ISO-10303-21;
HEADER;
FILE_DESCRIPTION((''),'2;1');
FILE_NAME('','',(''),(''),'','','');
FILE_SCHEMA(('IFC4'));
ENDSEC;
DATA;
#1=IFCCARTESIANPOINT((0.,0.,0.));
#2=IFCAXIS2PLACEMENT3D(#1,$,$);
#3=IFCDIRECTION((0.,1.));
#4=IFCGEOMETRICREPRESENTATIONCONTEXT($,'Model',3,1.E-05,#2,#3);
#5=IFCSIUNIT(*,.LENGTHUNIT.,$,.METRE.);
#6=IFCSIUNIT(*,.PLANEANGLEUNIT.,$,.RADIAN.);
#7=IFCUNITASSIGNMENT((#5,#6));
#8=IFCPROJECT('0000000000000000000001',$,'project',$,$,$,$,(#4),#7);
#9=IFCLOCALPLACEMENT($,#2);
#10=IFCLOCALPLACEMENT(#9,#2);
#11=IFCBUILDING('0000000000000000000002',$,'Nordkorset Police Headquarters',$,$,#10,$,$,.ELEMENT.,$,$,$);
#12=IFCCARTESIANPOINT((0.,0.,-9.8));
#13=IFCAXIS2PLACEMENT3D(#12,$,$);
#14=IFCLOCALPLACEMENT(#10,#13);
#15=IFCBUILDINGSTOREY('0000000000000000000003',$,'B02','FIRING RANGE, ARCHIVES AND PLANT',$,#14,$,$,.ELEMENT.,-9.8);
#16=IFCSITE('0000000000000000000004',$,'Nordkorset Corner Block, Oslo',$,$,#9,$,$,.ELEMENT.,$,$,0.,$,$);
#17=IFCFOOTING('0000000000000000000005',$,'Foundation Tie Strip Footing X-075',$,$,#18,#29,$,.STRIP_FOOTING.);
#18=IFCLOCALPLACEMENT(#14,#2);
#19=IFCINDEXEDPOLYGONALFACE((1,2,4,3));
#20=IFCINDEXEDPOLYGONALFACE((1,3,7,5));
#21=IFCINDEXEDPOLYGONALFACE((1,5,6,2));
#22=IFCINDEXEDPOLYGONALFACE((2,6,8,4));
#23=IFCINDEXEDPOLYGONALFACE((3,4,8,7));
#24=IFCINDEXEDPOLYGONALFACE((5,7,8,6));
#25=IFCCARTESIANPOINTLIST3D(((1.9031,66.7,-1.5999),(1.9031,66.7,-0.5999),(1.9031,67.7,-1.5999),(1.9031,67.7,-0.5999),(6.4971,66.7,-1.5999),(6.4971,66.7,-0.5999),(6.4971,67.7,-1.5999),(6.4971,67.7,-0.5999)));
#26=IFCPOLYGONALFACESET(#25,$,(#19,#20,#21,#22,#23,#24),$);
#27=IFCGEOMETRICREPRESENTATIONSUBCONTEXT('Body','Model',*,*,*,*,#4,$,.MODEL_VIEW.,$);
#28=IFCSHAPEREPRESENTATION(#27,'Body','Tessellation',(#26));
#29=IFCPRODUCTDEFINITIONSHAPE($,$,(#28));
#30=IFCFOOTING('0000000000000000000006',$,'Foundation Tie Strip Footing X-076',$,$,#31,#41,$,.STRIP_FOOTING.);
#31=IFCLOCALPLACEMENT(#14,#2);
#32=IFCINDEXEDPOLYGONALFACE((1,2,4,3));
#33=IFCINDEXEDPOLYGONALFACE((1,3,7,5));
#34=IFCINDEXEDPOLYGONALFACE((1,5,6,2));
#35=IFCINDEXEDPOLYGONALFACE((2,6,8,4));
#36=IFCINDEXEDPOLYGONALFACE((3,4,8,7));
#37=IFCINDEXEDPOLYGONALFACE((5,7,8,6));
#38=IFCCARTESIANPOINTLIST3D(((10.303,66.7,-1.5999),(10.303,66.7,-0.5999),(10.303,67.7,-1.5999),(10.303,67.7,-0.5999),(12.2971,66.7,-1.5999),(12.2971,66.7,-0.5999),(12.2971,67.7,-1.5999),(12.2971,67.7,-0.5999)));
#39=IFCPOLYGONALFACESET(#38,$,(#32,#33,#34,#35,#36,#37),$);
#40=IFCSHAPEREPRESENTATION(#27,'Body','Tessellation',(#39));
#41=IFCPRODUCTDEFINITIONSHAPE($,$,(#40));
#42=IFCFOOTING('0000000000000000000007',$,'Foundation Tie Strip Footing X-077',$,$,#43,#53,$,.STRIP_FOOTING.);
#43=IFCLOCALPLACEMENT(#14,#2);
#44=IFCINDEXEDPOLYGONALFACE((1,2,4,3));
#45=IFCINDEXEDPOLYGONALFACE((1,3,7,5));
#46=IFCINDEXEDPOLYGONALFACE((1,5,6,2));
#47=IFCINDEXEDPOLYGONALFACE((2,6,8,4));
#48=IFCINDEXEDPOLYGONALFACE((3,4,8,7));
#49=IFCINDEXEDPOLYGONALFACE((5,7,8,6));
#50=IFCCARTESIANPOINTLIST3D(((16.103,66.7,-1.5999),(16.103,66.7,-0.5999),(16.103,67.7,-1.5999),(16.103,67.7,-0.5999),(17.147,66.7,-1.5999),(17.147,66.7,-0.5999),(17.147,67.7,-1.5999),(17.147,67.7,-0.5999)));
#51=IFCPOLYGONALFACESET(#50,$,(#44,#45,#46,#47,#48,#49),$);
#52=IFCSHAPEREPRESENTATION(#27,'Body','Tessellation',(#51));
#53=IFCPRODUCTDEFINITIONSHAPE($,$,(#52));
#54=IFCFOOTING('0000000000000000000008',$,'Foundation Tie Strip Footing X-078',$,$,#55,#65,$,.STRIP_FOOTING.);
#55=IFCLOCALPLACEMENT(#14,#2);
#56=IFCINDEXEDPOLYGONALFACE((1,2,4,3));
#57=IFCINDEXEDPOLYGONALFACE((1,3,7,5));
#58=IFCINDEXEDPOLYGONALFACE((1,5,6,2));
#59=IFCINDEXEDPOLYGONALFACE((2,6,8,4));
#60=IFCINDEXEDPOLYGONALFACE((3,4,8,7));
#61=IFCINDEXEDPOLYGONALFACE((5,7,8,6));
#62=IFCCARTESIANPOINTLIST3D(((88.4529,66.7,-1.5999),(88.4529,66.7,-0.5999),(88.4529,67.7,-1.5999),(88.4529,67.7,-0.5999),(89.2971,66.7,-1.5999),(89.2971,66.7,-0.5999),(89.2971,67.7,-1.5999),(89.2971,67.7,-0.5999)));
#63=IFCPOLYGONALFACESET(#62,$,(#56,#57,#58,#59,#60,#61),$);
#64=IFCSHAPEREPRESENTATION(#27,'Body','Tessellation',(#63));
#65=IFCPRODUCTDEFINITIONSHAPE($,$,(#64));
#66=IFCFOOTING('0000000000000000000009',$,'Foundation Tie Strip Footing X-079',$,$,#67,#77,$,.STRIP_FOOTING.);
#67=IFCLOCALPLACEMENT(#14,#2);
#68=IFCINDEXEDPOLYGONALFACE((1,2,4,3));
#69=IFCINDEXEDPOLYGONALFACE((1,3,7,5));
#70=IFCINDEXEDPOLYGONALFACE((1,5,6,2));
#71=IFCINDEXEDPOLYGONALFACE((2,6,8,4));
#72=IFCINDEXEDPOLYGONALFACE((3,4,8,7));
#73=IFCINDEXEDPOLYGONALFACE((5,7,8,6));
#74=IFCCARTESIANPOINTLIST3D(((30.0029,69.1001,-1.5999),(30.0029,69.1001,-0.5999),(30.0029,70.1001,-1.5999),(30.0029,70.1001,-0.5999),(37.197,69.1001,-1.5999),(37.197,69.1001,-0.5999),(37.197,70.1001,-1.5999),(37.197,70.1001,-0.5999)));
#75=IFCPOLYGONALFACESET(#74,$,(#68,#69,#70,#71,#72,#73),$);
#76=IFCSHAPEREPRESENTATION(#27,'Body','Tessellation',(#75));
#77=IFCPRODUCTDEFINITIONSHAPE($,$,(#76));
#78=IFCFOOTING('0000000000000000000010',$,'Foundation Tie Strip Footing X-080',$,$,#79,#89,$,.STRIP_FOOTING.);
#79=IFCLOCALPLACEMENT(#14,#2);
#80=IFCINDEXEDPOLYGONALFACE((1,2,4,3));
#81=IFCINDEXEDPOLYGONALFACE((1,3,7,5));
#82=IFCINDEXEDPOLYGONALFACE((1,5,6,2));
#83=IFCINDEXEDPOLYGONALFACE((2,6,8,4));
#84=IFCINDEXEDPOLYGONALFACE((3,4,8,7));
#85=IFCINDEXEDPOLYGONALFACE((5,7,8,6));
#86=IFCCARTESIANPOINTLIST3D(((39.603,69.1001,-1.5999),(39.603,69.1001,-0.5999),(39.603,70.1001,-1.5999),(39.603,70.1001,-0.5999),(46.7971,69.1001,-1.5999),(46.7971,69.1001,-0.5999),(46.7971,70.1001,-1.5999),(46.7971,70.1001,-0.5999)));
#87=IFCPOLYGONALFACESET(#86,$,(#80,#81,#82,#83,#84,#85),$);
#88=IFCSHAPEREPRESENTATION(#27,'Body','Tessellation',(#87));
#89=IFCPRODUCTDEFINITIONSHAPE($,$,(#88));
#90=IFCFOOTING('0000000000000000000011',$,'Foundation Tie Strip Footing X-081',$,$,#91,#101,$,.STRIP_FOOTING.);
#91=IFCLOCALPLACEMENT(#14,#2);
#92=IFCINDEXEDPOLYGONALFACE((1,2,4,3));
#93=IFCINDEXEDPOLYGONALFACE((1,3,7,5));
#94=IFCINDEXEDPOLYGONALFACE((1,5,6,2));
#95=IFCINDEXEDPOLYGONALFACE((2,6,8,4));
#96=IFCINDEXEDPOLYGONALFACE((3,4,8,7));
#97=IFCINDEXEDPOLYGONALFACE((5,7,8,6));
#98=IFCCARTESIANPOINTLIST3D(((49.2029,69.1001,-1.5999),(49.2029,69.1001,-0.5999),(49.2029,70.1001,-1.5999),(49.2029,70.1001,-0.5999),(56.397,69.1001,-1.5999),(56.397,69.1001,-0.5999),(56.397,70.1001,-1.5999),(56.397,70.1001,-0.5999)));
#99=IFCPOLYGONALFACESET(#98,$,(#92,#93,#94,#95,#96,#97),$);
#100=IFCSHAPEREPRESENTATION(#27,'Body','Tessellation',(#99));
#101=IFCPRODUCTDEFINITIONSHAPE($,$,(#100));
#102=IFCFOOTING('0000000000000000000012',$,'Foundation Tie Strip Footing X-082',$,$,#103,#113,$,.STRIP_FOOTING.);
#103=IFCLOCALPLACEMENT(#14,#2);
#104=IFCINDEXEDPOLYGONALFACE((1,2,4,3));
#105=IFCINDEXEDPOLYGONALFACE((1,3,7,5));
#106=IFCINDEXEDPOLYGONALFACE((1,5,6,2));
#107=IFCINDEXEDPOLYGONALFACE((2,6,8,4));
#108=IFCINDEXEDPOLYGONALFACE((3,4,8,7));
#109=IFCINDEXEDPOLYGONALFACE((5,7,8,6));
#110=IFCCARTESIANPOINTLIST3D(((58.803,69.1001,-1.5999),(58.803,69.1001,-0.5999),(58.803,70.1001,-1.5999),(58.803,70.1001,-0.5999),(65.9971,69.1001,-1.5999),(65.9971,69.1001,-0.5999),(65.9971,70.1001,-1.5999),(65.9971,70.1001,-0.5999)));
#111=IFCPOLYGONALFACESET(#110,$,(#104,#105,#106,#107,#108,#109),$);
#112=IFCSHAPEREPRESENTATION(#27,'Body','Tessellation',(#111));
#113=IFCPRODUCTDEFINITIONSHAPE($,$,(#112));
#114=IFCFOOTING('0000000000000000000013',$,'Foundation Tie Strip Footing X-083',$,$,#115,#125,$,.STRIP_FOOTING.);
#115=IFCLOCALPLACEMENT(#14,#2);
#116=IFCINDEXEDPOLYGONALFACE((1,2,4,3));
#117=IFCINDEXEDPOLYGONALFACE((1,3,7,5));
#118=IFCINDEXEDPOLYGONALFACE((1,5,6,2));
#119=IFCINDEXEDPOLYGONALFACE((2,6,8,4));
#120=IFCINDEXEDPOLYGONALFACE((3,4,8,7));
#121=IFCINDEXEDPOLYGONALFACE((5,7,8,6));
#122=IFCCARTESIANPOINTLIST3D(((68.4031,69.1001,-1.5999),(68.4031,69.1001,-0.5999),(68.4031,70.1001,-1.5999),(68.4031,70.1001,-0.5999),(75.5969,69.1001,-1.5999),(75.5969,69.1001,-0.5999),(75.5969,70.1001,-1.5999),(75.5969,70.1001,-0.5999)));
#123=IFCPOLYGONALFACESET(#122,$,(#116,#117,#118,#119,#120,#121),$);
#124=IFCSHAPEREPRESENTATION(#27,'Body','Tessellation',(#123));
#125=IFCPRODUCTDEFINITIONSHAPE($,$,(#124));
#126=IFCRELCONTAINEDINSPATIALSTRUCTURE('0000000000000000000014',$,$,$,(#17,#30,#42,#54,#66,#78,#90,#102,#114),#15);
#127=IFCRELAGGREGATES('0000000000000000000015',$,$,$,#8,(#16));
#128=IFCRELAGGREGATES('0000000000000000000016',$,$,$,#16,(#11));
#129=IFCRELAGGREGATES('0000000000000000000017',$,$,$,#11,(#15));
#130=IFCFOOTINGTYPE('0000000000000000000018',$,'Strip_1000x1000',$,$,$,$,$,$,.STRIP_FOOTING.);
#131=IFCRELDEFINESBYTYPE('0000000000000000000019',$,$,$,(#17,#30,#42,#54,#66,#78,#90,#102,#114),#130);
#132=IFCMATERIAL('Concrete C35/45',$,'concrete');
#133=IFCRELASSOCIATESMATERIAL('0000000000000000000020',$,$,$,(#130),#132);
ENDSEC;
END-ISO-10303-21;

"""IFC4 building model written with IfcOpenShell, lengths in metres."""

from ifc_helpers import new_model, si_unit, direction, frame, origin, place, context, subcontext, project, spatial, polyline, outline, extrude, material, type_object, element, save


model = new_model("IFC4")

# Units and contexts
model_context = context("Model", 3, precision=1e-05, world=origin(), true_north=direction((0.0, 1.0)))
body_context = subcontext(model_context, "Body", "Model", "MODEL_VIEW")
ifc_project = project(units=[si_unit("LENGTHUNIT", "METRE"), si_unit("PLANEANGLEUNIT", "RADIAN")], contexts=[model_context])

# Site, building, storey
site_placement = place(None, origin())
site = spatial("IfcSite", under=ifc_project, at=site_placement, Name="Nordkorset Corner Block, Oslo", CompositionType="ELEMENT", RefElevation=0.0)
building_placement = place(site_placement, origin())
building = spatial("IfcBuilding", under=site, at=building_placement, Name="Nordkorset Police Headquarters", CompositionType="ELEMENT")
storey_placement = place(building_placement, frame((0.0, 0.0, -9.8)))
storey = spatial("IfcBuildingStorey", under=building, at=storey_placement, Name="B02", Description="FIRING RANGE, ARCHIVES AND PLANT", CompositionType="ELEMENT", Elevation=-9.8)

# Footings
ifc_material = material(Name="Concrete C35/45", Category="concrete")
footing_type = type_object("IfcFootingType", Name="Strip_1000x1000", PredefinedType="STRIP_FOOTING", material=ifc_material)
footing_1_placement = place(storey_placement, frame((0.0, 0.0, -1.5999)))
element("IfcFooting", 1, at=footing_1_placement, inside=storey, type_object=footing_type, Name="Foundation Tie Strip Footing X-075", PredefinedType="STRIP_FOOTING", context=body_context, shape_type="SweptSolid", body=[
    extrude(outline(polyline([(1.9031, 66.7), (6.4971, 66.7), (6.4971, 67.7), (1.9031, 67.7), (1.9031, 66.7)])), origin(), (0.0, 0.0, 1.0), 1.0),
])
footing_2_placement = place(storey_placement, frame((0.0, 0.0, -1.5999)))
element("IfcFooting", 2, at=footing_2_placement, inside=storey, type_object=footing_type, Name="Foundation Tie Strip Footing X-076", PredefinedType="STRIP_FOOTING", context=body_context, shape_type="SweptSolid", body=[
    extrude(outline(polyline([(10.303, 66.7), (12.2971, 66.7), (12.2971, 67.7), (10.303, 67.7), (10.303, 66.7)])), origin(), (0.0, 0.0, 1.0), 1.0),
])
footing_3_placement = place(storey_placement, frame((0.0, 0.0, -1.5999)))
element("IfcFooting", 3, at=footing_3_placement, inside=storey, type_object=footing_type, Name="Foundation Tie Strip Footing X-077", PredefinedType="STRIP_FOOTING", context=body_context, shape_type="SweptSolid", body=[
    extrude(outline(polyline([(16.103, 66.7), (17.147, 66.7), (17.147, 67.7), (16.103, 67.7), (16.103, 66.7)])), origin(), (0.0, 0.0, 1.0), 1.0),
])
footing_4_placement = place(storey_placement, frame((0.0, 0.0, -1.5999)))
element("IfcFooting", 4, at=footing_4_placement, inside=storey, type_object=footing_type, Name="Foundation Tie Strip Footing X-078", PredefinedType="STRIP_FOOTING", context=body_context, shape_type="SweptSolid", body=[
    extrude(outline(polyline([(88.4529, 66.7), (89.2971, 66.7), (89.2971, 67.7), (88.4529, 67.7), (88.4529, 66.7)])), origin(), (0.0, 0.0, 1.0), 1.0),
])
footing_5_placement = place(storey_placement, frame((0.0, 0.0, -1.5999)))
element("IfcFooting", 5, at=footing_5_placement, inside=storey, type_object=footing_type, Name="Foundation Tie Strip Footing X-079", PredefinedType="STRIP_FOOTING", context=body_context, shape_type="SweptSolid", body=[
    extrude(outline(polyline([(30.0029, 69.1001), (37.197, 69.1001), (37.197, 70.1001), (30.0029, 70.1001), (30.0029, 69.1001)])), origin(), (0.0, 0.0, 1.0), 1.0),
])
footing_6_placement = place(storey_placement, frame((0.0, 0.0, -1.5999)))
element("IfcFooting", 6, at=footing_6_placement, inside=storey, type_object=footing_type, Name="Foundation Tie Strip Footing X-080", PredefinedType="STRIP_FOOTING", context=body_context, shape_type="SweptSolid", body=[
    extrude(outline(polyline([(39.603, 69.1001), (46.7971, 69.1001), (46.7971, 70.1001), (39.603, 70.1001), (39.603, 69.1001)])), origin(), (0.0, 0.0, 1.0), 1.0),
])
footing_7_placement = place(storey_placement, frame((0.0, 0.0, -1.5999)))
element("IfcFooting", 7, at=footing_7_placement, inside=storey, type_object=footing_type, Name="Foundation Tie Strip Footing X-081", PredefinedType="STRIP_FOOTING", context=body_context, shape_type="SweptSolid", body=[
    extrude(outline(polyline([(49.2029, 69.1001), (56.397, 69.1001), (56.397, 70.1001), (49.2029, 70.1001), (49.2029, 69.1001)])), origin(), (0.0, 0.0, 1.0), 1.0),
])
footing_8_placement = place(storey_placement, frame((0.0, 0.0, -1.5999)))
element("IfcFooting", 8, at=footing_8_placement, inside=storey, type_object=footing_type, Name="Foundation Tie Strip Footing X-082", PredefinedType="STRIP_FOOTING", context=body_context, shape_type="SweptSolid", body=[
    extrude(outline(polyline([(58.803, 69.1001), (65.9971, 69.1001), (65.9971, 70.1001), (58.803, 70.1001), (58.803, 69.1001)])), origin(), (0.0, 0.0, 1.0), 1.0),
])
footing_9_placement = place(storey_placement, frame((0.0, 0.0, -1.5999)))
element("IfcFooting", 9, at=footing_9_placement, inside=storey, type_object=footing_type, Name="Foundation Tie Strip Footing X-083", PredefinedType="STRIP_FOOTING", context=body_context, shape_type="SweptSolid", body=[
    extrude(outline(polyline([(68.4031, 69.1001), (75.5969, 69.1001), (75.5969, 70.1001), (68.4031, 70.1001), (68.4031, 69.1001)])), origin(), (0.0, 0.0, 1.0), 1.0),
])

save(model, "model.ifc")
